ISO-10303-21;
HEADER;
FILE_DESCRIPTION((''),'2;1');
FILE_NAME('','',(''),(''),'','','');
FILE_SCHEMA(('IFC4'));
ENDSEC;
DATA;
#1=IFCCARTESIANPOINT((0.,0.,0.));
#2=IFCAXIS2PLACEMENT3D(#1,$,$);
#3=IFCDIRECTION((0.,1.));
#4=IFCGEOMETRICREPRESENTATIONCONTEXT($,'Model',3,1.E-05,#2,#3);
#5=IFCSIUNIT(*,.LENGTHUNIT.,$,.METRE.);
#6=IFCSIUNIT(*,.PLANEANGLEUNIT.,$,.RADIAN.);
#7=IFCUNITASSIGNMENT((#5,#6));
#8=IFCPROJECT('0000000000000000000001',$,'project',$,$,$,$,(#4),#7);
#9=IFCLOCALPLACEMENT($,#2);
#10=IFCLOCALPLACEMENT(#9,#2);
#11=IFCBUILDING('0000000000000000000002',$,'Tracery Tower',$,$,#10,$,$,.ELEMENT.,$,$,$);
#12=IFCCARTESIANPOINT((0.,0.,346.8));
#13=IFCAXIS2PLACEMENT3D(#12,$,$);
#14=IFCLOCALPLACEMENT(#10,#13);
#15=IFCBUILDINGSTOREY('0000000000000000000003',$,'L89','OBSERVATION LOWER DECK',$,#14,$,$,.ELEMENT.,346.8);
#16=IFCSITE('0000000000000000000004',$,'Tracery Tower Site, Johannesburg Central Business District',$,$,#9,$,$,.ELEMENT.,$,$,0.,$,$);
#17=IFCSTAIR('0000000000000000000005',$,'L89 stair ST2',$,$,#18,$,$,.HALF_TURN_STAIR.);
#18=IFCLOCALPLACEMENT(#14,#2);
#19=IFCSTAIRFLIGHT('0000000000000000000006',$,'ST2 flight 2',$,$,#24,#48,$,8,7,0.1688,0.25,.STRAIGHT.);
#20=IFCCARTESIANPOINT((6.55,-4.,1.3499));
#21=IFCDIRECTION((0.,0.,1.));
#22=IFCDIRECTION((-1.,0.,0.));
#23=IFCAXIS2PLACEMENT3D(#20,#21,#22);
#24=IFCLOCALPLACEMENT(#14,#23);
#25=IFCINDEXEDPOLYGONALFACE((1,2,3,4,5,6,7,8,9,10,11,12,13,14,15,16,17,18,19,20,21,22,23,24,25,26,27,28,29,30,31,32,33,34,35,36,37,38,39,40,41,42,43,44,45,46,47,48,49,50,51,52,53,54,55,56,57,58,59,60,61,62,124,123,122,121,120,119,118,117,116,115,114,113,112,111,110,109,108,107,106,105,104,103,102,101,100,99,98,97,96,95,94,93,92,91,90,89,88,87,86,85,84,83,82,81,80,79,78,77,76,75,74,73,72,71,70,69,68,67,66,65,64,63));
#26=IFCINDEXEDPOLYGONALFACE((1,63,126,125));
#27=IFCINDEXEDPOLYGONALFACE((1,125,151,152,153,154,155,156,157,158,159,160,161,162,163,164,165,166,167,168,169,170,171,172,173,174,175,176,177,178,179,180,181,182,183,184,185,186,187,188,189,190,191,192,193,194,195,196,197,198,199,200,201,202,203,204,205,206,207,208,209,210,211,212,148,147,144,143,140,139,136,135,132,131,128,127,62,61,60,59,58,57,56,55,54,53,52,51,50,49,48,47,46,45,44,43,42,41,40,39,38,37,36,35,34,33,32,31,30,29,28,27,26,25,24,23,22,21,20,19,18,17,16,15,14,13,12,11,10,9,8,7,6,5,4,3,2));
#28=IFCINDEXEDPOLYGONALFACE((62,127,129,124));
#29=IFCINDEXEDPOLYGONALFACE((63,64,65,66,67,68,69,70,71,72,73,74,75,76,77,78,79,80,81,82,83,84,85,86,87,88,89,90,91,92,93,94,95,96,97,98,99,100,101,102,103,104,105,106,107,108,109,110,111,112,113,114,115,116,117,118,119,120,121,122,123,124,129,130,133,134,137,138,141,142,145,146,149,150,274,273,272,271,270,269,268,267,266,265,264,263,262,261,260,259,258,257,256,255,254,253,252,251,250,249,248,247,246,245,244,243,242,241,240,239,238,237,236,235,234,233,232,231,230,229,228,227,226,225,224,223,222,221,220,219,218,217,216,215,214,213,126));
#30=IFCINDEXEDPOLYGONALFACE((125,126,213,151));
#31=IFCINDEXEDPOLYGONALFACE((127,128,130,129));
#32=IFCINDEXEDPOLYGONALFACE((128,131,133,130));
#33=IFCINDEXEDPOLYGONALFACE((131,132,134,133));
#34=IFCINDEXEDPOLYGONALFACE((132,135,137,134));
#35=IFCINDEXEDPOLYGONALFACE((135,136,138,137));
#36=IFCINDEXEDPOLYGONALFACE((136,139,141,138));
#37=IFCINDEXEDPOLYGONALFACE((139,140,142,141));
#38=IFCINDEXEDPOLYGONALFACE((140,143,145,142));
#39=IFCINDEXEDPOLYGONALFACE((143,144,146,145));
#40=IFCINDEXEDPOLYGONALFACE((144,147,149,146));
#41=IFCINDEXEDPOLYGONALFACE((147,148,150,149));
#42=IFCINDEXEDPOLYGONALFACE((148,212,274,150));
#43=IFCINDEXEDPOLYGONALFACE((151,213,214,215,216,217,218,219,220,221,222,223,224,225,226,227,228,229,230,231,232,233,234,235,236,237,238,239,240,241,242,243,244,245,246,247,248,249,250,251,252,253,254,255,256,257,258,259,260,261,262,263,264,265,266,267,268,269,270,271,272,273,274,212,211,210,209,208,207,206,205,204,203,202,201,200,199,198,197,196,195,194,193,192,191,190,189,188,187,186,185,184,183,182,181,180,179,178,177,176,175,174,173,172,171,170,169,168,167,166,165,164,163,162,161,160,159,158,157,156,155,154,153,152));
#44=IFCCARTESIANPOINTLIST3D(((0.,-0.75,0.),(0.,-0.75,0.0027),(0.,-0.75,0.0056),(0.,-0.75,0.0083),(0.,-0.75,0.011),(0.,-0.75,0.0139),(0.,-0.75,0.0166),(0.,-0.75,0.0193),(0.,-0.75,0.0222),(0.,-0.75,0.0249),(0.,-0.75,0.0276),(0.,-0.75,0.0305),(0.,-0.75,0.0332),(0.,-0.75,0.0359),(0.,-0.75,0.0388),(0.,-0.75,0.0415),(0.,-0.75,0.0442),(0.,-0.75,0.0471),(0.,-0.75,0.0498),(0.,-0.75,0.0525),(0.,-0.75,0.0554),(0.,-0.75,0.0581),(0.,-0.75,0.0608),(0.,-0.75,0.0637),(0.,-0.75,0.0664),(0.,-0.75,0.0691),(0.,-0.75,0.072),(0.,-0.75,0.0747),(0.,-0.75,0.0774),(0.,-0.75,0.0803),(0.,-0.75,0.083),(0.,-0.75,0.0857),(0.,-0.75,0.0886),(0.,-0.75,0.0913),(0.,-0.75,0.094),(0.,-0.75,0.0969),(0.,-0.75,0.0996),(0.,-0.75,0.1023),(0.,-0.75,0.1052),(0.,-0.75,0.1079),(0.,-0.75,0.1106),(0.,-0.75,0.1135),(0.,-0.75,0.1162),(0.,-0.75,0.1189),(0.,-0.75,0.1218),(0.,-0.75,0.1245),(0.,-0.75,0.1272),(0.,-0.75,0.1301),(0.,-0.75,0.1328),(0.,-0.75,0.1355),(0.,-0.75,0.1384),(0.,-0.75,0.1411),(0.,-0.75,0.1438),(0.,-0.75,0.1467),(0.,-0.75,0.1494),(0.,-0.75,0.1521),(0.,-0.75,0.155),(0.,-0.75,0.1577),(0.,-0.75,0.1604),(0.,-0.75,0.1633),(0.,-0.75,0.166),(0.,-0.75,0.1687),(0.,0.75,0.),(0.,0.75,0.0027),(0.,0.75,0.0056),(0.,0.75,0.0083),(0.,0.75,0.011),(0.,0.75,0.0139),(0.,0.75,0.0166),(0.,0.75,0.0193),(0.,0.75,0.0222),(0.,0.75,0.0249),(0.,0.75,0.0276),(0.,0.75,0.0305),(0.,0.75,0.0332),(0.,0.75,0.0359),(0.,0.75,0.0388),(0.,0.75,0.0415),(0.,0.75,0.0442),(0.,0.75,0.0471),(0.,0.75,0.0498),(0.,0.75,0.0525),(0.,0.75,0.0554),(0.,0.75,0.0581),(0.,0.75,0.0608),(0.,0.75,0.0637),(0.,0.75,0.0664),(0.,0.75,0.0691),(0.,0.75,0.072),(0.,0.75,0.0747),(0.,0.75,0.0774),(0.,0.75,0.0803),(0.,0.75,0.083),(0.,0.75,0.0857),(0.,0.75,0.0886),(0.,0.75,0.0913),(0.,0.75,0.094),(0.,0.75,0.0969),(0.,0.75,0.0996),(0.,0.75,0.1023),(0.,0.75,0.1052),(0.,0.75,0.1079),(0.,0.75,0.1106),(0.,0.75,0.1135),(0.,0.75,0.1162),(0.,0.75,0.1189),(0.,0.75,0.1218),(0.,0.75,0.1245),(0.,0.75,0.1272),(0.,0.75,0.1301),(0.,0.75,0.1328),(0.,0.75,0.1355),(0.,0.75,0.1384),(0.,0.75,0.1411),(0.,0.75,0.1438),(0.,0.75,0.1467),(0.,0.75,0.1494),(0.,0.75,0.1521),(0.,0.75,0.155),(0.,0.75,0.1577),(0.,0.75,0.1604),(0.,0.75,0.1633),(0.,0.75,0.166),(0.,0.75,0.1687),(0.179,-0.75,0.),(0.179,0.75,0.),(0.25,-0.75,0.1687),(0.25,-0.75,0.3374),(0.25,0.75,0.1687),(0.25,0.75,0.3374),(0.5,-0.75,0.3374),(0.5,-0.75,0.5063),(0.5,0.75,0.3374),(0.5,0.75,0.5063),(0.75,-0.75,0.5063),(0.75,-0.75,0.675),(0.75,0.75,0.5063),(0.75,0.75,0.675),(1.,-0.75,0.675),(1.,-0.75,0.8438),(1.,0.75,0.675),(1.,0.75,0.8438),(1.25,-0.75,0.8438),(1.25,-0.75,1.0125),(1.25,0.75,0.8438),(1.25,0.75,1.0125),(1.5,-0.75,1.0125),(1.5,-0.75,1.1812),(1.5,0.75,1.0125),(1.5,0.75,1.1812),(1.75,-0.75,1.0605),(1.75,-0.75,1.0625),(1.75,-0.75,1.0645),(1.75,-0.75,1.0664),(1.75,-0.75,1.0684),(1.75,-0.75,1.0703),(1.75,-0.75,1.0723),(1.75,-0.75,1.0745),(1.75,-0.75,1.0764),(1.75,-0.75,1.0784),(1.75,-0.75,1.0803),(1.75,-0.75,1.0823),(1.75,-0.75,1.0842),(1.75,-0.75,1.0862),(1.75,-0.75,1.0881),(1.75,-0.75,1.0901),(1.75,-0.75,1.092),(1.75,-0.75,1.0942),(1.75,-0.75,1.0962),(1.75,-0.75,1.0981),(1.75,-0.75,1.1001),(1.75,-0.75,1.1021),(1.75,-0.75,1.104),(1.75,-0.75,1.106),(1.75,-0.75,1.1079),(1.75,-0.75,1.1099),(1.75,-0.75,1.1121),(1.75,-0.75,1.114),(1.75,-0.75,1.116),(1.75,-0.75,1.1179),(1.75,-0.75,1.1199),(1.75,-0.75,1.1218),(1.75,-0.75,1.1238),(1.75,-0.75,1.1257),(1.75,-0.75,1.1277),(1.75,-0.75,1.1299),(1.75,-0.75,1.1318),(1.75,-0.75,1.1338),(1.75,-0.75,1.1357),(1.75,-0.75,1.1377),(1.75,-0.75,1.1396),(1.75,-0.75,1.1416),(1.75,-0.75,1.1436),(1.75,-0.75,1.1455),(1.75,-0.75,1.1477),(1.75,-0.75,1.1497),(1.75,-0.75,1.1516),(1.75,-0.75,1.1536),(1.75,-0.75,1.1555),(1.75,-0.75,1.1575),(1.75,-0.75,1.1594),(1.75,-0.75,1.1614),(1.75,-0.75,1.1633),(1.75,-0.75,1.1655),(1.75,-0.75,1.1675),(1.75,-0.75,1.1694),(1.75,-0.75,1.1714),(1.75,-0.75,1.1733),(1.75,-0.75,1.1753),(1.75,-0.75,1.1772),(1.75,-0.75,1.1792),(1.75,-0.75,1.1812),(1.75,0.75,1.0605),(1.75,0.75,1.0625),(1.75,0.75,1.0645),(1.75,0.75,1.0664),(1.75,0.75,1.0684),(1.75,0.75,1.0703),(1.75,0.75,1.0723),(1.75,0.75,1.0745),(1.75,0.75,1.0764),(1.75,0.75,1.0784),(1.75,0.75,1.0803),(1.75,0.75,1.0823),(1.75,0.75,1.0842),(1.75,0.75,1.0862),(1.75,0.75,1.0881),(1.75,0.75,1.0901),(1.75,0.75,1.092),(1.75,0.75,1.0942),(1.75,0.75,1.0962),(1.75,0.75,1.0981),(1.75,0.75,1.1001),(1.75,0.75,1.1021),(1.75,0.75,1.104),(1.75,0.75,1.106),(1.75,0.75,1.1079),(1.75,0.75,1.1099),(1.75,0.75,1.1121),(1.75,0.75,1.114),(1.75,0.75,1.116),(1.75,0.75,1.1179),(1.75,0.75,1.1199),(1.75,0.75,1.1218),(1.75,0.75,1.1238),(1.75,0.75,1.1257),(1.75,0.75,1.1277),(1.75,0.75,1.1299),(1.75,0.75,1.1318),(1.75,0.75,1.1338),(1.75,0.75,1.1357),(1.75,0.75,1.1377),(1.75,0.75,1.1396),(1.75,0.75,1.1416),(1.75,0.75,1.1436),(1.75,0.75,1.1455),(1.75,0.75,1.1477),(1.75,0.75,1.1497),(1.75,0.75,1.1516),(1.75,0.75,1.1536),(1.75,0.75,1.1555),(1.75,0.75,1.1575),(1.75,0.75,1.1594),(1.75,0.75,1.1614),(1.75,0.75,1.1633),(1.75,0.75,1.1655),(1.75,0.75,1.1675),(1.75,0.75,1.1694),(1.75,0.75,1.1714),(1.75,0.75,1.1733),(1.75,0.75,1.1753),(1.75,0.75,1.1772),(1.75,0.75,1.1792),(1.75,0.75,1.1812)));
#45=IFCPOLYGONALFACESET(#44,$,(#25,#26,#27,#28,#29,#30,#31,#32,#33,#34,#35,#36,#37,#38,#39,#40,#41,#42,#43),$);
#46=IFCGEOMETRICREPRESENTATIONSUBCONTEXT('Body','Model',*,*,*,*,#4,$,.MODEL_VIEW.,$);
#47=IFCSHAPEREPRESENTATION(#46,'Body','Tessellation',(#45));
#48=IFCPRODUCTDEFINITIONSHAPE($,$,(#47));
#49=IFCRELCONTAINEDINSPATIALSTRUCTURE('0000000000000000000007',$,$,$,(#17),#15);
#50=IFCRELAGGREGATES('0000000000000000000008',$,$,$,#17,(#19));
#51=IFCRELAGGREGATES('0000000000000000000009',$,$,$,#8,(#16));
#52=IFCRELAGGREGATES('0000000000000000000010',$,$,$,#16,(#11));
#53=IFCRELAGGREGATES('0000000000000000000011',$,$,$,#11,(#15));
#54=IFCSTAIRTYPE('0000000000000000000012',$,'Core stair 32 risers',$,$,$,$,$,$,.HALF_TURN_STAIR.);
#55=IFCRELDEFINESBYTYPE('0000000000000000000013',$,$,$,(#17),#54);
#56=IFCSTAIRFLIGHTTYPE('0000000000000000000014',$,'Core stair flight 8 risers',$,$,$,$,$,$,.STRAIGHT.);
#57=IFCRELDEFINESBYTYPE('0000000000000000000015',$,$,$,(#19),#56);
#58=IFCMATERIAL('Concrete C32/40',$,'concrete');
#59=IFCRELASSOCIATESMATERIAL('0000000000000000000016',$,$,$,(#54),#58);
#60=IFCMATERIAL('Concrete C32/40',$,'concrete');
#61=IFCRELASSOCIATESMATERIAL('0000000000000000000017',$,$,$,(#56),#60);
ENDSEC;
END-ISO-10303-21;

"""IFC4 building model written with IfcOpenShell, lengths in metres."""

from ifc_helpers import new_model, si_unit, direction, frame, origin, place, context, subcontext, project, spatial, polyline, outline, extrude, material, type_object, element, aggregate, save


model = new_model("IFC4")

# Units and contexts
model_context = context("Model", 3, precision=1e-05, world=origin(), true_north=direction((0.0, 1.0)))
body_context = subcontext(model_context, "Body", "Model", "MODEL_VIEW")
ifc_project = project(units=[si_unit("LENGTHUNIT", "METRE"), si_unit("PLANEANGLEUNIT", "RADIAN")], contexts=[model_context])

# Site, building, storey
site_placement = place(None, origin())
site = spatial("IfcSite", under=ifc_project, at=site_placement, Name="Tracery Tower Site, Johannesburg Central Business District", CompositionType="ELEMENT", RefElevation=0.0)
building_placement = place(site_placement, origin())
building = spatial("IfcBuilding", under=site, at=building_placement, Name="Tracery Tower", CompositionType="ELEMENT")
storey_placement = place(building_placement, frame((0.0, 0.0, 346.8)))
storey = spatial("IfcBuildingStorey", under=building, at=storey_placement, Name="L89", Description="OBSERVATION LOWER DECK", CompositionType="ELEMENT", Elevation=346.8)

# Stair, stair flight
ifc_material_1 = material(Name="Concrete C32/40", Category="concrete")
stair_type = type_object("IfcStairType", Name="Core stair 32 risers", PredefinedType="HALF_TURN_STAIR", material=ifc_material_1)
stair_placement = place(storey_placement, origin())
stair = element("IfcStair", 1, at=stair_placement, inside=storey, type_object=stair_type, Name="L89 stair ST2", PredefinedType="HALF_TURN_STAIR")
ifc_material_2 = material(Name="Concrete C32/40", Category="concrete")
stair_flight_type = type_object("IfcStairFlightType", Name="Core stair flight 8 risers", PredefinedType="STRAIGHT", material=ifc_material_2)
stair_flight_1_placement = place(storey_placement, frame((6.55, -4.0, 1.3499), z_axis=(0.0, 0.0, 1.0), x_axis=(-1.0, 0.0, 0.0)))
stair_flight_1 = element("IfcStairFlight", 2, at=stair_flight_1_placement, type_object=stair_flight_type, Name="ST2 flight 2", NumberOfRisers=8, NumberOfTreads=7, PredefinedType="STRAIGHT", RiserHeight=0.1688, TreadLength=0.25, context=body_context, shape_type="SweptSolid", body=[
    extrude(outline(polyline([(0.0, 0.0), (0.0, 0.0027), (0.0, 0.0056), (0.0, 0.0083), (0.0, 0.011), (0.0, 0.0139), (0.0, 0.0166), (0.0, 0.0193), (0.0, 0.0222), (0.0, 0.0249), (0.0, 0.0276), (0.0, 0.0305), (0.0, 0.0332), (0.0, 0.0359), (0.0, 0.0388), (0.0, 0.0415), (0.0, 0.0442), (0.0, 0.0471), (0.0, 0.0498), (0.0, 0.0525), (0.0, 0.0554), (0.0, 0.0581), (0.0, 0.0608), (0.0, 0.0637), (0.0, 0.0664), (0.0, 0.0691), (0.0, 0.072), (0.0, 0.0747), (0.0, 0.0774), (0.0, 0.0803), (0.0, 0.083), (0.0, 0.0857), (0.0, 0.0886), (0.0, 0.0913), (0.0, 0.094), (0.0, 0.0969), (0.0, 0.0996), (0.0, 0.1023), (0.0, 0.1052), (0.0, 0.1079), (0.0, 0.1106), (0.0, 0.1135), (0.0, 0.1162), (0.0, 0.1189), (0.0, 0.1218), (0.0, 0.1245), (0.0, 0.1272), (0.0, 0.1301), (0.0, 0.1328), (0.0, 0.1355), (0.0, 0.1384), (0.0, 0.1411), (0.0, 0.1438), (0.0, 0.1467), (0.0, 0.1494), (0.0, 0.1521), (0.0, 0.155), (0.0, 0.1577), (0.0, 0.1604), (0.0, 0.1633), (0.0, 0.166), (0.0, 0.1687), (0.25, 0.1687), (0.25, 0.3374), (0.5, 0.3374), (0.5, 0.5063), (0.75, 0.5063), (0.75, 0.675), (1.0, 0.675), (1.0, 0.8438), (1.25, 0.8438), (1.25, 1.0125), (1.5, 1.0125), (1.5, 1.1812), (1.75, 1.1812), (1.75, 1.1792), (1.75, 1.1772), (1.75, 1.1753), (1.75, 1.1733), (1.75, 1.1714), (1.75, 1.1694), (1.75, 1.1675), (1.75, 1.1655), (1.75, 1.1633), (1.75, 1.1614), (1.75, 1.1594), (1.75, 1.1575), (1.75, 1.1555), (1.75, 1.1536), (1.75, 1.1516), (1.75, 1.1497), (1.75, 1.1477), (1.75, 1.1455), (1.75, 1.1436), (1.75, 1.1416), (1.75, 1.1396), (1.75, 1.1377), (1.75, 1.1357), (1.75, 1.1338), (1.75, 1.1318), (1.75, 1.1299), (1.75, 1.1277), (1.75, 1.1257), (1.75, 1.1238), (1.75, 1.1218), (1.75, 1.1199), (1.75, 1.1179), (1.75, 1.116), (1.75, 1.114), (1.75, 1.1121), (1.75, 1.1099), (1.75, 1.1079), (1.75, 1.106), (1.75, 1.104), (1.75, 1.1021), (1.75, 1.1001), (1.75, 1.0981), (1.75, 1.0962), (1.75, 1.0942), (1.75, 1.092), (1.75, 1.0901), (1.75, 1.0881), (1.75, 1.0862), (1.75, 1.0842), (1.75, 1.0823), (1.75, 1.0803), (1.75, 1.0784), (1.75, 1.0764), (1.75, 1.0745), (1.75, 1.0723), (1.75, 1.0703), (1.75, 1.0684), (1.75, 1.0664), (1.75, 1.0645), (1.75, 1.0625), (1.75, 1.0605), (0.179, 0.0), (0.0, 0.0)])), frame((0.0, 0.75, 0.0), z_axis=(0.0, -1.0, 0.0), x_axis=(1.0, 0.0, 0.0)), (0.0, 0.0, 1.0), 1.5),
])
aggregate(stair, [stair_flight_1])

save(model, "model.ifc")
